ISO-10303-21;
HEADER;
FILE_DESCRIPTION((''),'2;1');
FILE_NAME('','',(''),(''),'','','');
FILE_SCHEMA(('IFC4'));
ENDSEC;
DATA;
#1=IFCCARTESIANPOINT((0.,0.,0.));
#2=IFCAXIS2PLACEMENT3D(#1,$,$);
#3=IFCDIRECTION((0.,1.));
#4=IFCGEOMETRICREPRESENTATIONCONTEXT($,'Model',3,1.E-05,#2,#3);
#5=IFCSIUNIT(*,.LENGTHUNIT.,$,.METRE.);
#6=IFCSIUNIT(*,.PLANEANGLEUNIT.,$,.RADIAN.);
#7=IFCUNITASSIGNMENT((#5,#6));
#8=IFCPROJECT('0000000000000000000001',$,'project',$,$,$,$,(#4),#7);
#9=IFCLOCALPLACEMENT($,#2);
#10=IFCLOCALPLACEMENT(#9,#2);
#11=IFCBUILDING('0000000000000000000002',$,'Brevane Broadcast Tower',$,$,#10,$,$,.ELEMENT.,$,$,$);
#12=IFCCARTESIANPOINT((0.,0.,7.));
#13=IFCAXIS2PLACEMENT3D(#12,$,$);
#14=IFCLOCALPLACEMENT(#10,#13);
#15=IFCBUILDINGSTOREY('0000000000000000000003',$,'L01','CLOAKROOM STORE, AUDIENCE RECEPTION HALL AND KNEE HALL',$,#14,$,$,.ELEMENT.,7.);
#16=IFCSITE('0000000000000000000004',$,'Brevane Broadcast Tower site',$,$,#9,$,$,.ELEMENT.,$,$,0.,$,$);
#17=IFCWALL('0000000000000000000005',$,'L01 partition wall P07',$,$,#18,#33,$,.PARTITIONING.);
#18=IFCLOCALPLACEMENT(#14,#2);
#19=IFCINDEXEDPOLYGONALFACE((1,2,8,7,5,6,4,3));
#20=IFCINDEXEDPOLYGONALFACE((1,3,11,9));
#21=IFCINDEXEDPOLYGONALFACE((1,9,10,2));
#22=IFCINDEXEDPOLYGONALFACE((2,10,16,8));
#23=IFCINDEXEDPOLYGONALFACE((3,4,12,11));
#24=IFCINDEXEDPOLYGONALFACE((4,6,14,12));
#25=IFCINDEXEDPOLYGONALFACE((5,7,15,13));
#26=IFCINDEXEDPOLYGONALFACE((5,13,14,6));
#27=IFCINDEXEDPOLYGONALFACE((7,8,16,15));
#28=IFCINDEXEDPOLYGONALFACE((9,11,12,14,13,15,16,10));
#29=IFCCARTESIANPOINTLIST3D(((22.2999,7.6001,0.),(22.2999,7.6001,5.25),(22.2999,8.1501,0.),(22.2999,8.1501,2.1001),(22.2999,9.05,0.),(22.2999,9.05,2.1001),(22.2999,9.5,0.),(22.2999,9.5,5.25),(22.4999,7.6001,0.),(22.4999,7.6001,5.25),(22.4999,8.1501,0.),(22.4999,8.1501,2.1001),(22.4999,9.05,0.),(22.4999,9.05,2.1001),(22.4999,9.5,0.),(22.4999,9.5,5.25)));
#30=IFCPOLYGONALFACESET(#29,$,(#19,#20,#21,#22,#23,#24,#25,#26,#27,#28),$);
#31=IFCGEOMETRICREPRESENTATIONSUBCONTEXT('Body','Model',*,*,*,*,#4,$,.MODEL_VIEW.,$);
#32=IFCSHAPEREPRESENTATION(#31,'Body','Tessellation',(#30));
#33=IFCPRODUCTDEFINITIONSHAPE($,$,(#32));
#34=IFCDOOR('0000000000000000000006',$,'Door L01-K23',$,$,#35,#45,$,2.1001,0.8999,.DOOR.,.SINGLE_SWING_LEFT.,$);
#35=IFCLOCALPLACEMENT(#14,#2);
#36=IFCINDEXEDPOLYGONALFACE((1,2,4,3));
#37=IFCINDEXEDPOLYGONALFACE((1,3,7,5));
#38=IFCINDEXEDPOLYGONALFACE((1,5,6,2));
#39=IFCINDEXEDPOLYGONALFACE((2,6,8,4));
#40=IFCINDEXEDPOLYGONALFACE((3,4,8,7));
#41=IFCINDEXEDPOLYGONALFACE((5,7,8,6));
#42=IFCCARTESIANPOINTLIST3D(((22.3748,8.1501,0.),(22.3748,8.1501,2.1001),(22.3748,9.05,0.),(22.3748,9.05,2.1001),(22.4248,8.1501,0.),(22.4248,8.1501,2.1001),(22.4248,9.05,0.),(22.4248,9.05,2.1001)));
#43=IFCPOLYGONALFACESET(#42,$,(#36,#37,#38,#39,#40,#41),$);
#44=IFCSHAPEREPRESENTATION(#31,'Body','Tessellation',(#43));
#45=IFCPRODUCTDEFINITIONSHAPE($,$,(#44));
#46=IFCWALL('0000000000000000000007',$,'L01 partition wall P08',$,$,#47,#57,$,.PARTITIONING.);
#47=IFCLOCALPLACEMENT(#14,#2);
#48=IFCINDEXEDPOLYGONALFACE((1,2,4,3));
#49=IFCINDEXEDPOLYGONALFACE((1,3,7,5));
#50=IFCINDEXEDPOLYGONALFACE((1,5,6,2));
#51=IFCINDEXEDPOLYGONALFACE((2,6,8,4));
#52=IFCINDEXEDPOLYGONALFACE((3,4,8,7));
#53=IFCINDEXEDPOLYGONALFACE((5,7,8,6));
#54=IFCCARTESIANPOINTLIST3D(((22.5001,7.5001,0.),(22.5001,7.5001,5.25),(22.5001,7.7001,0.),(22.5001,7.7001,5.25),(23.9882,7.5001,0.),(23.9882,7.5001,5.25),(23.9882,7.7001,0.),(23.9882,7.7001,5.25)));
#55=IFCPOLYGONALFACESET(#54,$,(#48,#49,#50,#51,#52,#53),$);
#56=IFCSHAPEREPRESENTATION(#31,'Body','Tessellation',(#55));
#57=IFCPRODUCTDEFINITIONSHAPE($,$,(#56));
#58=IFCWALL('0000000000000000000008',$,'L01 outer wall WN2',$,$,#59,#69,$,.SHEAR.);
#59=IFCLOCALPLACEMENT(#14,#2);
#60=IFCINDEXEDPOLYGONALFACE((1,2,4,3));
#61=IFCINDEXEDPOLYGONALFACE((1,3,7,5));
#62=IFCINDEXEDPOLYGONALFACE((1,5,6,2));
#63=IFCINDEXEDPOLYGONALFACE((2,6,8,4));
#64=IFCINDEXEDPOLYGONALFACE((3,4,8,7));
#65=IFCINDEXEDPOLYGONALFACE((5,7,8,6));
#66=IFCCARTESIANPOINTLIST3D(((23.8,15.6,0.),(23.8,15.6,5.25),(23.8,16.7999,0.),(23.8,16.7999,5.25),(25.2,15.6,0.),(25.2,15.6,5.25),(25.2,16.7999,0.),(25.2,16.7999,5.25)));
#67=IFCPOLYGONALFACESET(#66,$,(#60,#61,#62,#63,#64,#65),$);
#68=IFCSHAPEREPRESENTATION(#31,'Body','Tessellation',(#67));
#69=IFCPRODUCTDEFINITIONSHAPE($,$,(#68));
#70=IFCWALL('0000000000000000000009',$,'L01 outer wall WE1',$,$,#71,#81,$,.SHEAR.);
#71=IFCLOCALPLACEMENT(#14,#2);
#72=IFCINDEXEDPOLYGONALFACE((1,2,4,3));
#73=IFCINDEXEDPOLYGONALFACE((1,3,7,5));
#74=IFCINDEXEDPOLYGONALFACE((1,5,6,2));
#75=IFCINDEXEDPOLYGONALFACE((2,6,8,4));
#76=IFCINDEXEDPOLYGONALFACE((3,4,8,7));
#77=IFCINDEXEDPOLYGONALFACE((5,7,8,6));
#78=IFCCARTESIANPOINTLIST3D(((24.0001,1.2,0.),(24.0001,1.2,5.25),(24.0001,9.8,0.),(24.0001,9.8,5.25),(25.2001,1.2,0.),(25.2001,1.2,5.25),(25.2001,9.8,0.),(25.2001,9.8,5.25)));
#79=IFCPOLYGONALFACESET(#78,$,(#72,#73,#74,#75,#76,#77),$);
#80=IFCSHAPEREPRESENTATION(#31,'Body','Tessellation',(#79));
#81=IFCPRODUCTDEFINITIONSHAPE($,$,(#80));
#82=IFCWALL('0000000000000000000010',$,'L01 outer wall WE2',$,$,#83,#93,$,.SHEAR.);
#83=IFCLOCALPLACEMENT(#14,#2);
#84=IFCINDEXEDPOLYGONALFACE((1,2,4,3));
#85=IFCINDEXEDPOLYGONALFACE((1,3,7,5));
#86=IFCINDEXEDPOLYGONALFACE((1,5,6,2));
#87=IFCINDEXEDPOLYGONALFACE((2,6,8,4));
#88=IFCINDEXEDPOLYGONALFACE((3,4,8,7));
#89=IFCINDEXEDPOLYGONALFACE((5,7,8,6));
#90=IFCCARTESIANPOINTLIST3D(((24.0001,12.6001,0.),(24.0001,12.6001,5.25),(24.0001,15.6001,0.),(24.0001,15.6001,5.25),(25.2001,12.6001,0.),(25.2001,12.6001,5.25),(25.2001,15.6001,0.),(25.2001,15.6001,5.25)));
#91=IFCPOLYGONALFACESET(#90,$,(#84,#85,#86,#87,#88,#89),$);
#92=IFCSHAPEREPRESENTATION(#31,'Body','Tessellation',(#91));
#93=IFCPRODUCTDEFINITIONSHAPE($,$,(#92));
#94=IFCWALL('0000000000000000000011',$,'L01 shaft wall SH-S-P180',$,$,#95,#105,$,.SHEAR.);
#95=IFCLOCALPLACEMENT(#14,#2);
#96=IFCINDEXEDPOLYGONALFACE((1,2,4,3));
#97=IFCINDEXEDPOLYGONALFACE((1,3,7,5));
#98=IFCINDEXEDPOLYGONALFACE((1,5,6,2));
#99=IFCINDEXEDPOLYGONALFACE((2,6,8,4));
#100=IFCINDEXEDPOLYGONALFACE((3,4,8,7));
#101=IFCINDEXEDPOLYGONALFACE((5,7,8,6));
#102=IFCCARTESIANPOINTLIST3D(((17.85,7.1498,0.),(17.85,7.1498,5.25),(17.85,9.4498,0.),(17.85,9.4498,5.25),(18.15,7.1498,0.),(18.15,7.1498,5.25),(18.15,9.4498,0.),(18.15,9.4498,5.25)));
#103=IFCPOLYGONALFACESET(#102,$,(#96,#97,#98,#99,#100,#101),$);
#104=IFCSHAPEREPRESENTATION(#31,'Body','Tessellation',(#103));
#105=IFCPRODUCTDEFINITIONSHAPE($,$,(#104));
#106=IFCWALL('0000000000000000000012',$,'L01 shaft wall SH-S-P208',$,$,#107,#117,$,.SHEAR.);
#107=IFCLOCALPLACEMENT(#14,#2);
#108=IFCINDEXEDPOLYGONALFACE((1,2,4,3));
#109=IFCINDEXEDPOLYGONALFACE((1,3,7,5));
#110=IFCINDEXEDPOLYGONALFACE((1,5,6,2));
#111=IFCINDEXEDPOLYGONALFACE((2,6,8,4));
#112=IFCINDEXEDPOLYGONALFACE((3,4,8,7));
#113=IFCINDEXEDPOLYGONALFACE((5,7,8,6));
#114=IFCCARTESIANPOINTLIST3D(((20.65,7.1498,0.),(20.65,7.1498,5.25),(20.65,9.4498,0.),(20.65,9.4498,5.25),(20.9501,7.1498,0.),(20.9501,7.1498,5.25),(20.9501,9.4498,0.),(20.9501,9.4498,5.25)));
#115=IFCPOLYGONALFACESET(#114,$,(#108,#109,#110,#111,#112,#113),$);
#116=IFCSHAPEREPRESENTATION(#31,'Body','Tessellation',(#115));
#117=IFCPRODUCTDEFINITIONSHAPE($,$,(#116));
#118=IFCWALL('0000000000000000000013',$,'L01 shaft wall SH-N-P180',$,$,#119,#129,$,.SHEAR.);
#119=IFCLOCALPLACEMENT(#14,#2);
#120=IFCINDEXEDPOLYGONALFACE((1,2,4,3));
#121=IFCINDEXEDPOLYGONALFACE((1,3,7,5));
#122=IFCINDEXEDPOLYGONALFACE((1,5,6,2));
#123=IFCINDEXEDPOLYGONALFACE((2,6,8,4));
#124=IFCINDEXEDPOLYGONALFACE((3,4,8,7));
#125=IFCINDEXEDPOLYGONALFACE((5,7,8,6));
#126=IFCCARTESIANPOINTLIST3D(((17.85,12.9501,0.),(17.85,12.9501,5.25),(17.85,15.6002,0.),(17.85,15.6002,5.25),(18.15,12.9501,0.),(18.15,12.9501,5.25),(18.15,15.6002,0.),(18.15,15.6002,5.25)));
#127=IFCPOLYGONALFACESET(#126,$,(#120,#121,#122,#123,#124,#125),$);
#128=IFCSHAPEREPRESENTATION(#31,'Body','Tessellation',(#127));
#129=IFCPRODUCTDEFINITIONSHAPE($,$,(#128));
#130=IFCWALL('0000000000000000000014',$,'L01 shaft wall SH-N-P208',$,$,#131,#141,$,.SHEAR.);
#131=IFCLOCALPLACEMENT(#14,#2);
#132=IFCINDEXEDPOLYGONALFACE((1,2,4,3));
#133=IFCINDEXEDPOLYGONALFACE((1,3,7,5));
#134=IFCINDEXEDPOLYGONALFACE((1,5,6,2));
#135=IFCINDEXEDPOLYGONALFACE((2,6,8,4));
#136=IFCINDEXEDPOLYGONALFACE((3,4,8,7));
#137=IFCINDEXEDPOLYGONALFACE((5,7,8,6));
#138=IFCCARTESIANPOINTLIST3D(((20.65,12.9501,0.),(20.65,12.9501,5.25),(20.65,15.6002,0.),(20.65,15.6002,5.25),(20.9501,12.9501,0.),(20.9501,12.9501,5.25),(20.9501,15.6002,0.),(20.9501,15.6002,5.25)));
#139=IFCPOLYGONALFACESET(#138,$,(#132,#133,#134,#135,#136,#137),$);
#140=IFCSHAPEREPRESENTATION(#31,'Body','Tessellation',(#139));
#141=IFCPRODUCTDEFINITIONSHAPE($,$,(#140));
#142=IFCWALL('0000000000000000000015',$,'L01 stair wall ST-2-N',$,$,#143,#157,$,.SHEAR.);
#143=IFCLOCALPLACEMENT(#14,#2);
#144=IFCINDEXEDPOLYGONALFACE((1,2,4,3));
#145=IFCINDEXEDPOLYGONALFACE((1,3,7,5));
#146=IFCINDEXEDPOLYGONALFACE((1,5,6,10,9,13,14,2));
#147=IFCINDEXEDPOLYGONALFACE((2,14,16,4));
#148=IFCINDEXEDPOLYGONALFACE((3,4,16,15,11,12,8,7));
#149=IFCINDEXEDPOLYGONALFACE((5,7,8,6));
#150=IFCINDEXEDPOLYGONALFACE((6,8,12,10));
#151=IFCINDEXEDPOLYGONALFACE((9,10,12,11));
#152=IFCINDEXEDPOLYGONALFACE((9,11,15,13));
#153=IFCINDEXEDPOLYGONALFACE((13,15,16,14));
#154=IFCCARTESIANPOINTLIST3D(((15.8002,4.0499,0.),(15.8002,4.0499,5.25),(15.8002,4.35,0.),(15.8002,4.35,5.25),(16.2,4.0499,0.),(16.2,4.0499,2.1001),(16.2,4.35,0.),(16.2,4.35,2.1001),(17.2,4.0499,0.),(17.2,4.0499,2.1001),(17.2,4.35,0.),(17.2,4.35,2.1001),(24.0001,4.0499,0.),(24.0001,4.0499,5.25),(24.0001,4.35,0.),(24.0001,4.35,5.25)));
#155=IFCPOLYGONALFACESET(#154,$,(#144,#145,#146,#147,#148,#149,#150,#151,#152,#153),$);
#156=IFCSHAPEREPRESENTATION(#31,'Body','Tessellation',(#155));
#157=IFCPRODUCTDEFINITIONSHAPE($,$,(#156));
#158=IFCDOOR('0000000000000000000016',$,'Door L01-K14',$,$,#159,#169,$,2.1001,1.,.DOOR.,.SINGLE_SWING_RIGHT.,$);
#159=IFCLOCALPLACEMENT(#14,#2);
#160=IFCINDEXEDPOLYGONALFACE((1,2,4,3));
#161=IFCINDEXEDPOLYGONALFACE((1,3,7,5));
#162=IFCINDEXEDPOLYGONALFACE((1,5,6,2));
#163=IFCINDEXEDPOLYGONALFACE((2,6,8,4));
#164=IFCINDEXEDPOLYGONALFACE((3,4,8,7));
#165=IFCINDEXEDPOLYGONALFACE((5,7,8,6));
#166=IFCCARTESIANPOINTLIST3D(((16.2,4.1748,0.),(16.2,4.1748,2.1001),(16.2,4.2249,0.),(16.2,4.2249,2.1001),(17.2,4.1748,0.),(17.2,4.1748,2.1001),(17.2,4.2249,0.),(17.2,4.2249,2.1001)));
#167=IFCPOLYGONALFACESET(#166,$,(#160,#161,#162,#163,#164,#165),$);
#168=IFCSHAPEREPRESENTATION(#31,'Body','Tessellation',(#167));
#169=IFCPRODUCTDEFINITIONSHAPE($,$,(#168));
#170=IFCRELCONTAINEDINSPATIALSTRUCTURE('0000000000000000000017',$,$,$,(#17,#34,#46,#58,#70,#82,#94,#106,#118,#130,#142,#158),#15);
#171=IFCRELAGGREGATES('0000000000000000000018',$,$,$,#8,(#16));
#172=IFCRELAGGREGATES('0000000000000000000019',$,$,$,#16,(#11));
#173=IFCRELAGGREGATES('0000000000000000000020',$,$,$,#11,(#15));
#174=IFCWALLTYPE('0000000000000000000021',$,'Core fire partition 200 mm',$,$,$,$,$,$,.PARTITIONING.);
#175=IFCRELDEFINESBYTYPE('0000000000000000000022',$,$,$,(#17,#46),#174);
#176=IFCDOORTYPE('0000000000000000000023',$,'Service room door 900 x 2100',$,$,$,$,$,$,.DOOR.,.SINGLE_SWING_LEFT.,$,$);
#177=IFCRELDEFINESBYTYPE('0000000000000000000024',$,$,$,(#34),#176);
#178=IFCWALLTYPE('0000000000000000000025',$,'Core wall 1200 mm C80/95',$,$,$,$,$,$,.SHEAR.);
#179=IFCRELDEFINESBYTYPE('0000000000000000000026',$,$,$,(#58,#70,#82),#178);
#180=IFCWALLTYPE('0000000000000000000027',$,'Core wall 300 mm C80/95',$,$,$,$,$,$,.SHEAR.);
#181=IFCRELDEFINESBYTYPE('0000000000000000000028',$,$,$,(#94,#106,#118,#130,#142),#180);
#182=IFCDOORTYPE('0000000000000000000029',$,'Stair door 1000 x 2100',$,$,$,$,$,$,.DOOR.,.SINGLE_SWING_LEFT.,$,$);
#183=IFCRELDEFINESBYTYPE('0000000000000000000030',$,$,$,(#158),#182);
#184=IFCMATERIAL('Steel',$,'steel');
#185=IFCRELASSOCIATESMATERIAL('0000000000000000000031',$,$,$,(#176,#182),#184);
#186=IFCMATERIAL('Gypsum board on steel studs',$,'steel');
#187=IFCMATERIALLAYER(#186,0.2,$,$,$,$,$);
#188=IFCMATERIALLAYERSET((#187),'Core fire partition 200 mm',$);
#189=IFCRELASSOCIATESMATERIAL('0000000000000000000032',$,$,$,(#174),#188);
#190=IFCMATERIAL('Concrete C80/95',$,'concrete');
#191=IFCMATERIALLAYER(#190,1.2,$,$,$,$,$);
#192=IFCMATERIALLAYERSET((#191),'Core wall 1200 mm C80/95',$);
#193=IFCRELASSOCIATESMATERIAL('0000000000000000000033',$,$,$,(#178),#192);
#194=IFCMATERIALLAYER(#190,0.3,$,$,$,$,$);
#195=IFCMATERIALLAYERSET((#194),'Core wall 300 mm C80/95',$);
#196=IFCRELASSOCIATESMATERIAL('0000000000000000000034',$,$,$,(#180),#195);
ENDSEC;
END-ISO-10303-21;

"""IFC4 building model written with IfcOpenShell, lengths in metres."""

from ifc_helpers import new_model, si_unit, direction, frame, frame_2d, origin, place, context, subcontext, project, spatial, rectangle, extrude, material, layer, layer_set, type_object, element, fill, save


model = new_model("IFC4")

# Units and contexts
model_context = context("Model", 3, precision=1e-05, world=origin(), true_north=direction((0.0, 1.0)))
body_context = subcontext(model_context, "Body", "Model", "MODEL_VIEW")
ifc_project = project(units=[si_unit("LENGTHUNIT", "METRE"), si_unit("PLANEANGLEUNIT", "RADIAN")], contexts=[model_context])

# Site, building, storey
site_placement = place(None, origin())
site = spatial("IfcSite", under=ifc_project, at=site_placement, Name="Brevane Broadcast Tower site", CompositionType="ELEMENT", RefElevation=0.0)
building_placement = place(site_placement, origin())
building = spatial("IfcBuilding", under=site, at=building_placement, Name="Brevane Broadcast Tower", CompositionType="ELEMENT")
storey_placement = place(building_placement, frame((0.0, 0.0, 7.0)))
storey = spatial("IfcBuildingStorey", under=building, at=storey_placement, Name="L01", Description="CLOAKROOM STORE, AUDIENCE RECEPTION HALL AND KNEE HALL", CompositionType="ELEMENT", Elevation=7.0)

# Shared definitions
ifc_material_1 = material(Name="Gypsum board on steel studs", Category="steel")
ifc_material_2 = material(Name="Steel", Category="steel")
door_type_1 = type_object("IfcDoorType", Name="Service room door 900 x 2100", OperationType="SINGLE_SWING_LEFT", PredefinedType="DOOR", material=ifc_material_2)

# Shared definitions
ifc_layer_1 = layer(ifc_material_1, 0.2)
ifc_layer_set_1 = layer_set([ifc_layer_1], Name="Core fire partition 200 mm")
wall_type_1 = type_object("IfcWallType", Name="Core fire partition 200 mm", PredefinedType="PARTITIONING", material=ifc_layer_set_1)

# Wall, opening, door
wall_1_placement = place(storey_placement, frame((22.3999, 9.5, 0.0), z_axis=(0.0, 0.0, 1.0), x_axis=(0.0, -1.0, 0.0)))
wall_1 = element("IfcWall", 1, at=wall_1_placement, inside=storey, type_object=wall_type_1, Name="L01 partition wall P07", PredefinedType="PARTITIONING", context=body_context, shape_type="SweptSolid", body=[
    extrude(rectangle(XDim=1.8999, YDim=0.2, at=frame_2d((0.95, 0.0))), origin(), (0.0, 0.0, 1.0), 5.25),
])
opening_1_placement = place(wall_1_placement, frame((0.45, 0.0, 0.0)))
opening_1 = element("IfcOpeningElement", 2, at=opening_1_placement, cuts=wall_1, PredefinedType="OPENING", context=body_context, shape_type="SweptSolid", body=[
    extrude(rectangle(XDim=0.8999, YDim=2.1001, at=frame_2d((0.45, 1.05))), frame((0.0, 0.1099, 0.0), z_axis=(0.0, -1.0, 0.0), x_axis=(1.0, 0.0, 0.0)), (0.0, 0.0, 1.0), 0.22),
])
door_1_placement = place(opening_1_placement, origin())
door_1 = element("IfcDoor", 3, at=door_1_placement, inside=storey, type_object=door_type_1, Name="Door L01-K23", OperationType="SINGLE_SWING_LEFT", OverallHeight=2.1001, OverallWidth=0.8999, PredefinedType="DOOR", context=body_context, shape_type="SweptSolid", body=[
    extrude(rectangle(XDim=0.8999, YDim=2.1001, at=frame_2d((0.45, 1.05))), frame((0.0, 0.0249, 0.0), z_axis=(0.0, -1.0, 0.0), x_axis=(1.0, 0.0, 0.0)), (0.0, 0.0, 1.0), 0.05),
])
fill(opening_1, door_1)

# Walls
wall_2_placement = place(storey_placement, frame((22.5, 7.6001, 0.0), z_axis=(0.0, 0.0, 1.0), x_axis=(1.0, 0.0, 0.0)))
element("IfcWall", 4, at=wall_2_placement, inside=storey, type_object=wall_type_1, Name="L01 partition wall P08", PredefinedType="PARTITIONING", context=body_context, shape_type="SweptSolid", body=[
    extrude(rectangle(XDim=1.488, YDim=0.2, at=frame_2d((0.7441, 0.0))), origin(), (0.0, 0.0, 1.0), 5.25),
])
ifc_material_3 = material(Name="Concrete C80/95", Category="concrete")
ifc_layer_2 = layer(ifc_material_3, 1.2)
ifc_layer_set_2 = layer_set([ifc_layer_2], Name="Core wall 1200 mm C80/95")
wall_type_2 = type_object("IfcWallType", Name="Core wall 1200 mm C80/95", PredefinedType="SHEAR", material=ifc_layer_set_2)
wall_3_placement = place(storey_placement, frame((23.8, 16.2, 0.0), z_axis=(0.0, 0.0, 1.0), x_axis=(1.0, 0.0, 0.0)))
element("IfcWall", 5, at=wall_3_placement, inside=storey, type_object=wall_type_2, Name="L01 outer wall WN2", PredefinedType="SHEAR", context=body_context, shape_type="SweptSolid", body=[
    extrude(rectangle(XDim=1.3999, YDim=1.2, at=frame_2d((0.7, 0.0))), origin(), (0.0, 0.0, 1.0), 5.25),
])
wall_4_placement = place(storey_placement, frame((24.6001, 1.2, 0.0), z_axis=(0.0, 0.0, 1.0), x_axis=(0.0, 1.0, 0.0)))
element("IfcWall", 6, at=wall_4_placement, inside=storey, type_object=wall_type_2, Name="L01 outer wall WE1", PredefinedType="SHEAR", context=body_context, shape_type="SweptSolid", body=[
    extrude(rectangle(XDim=8.6001, YDim=1.2, at=frame_2d((4.3, 0.0))), origin(), (0.0, 0.0, 1.0), 5.25),
])
wall_5_placement = place(storey_placement, frame((24.6001, 12.6001, 0.0), z_axis=(0.0, 0.0, 1.0), x_axis=(0.0, 1.0, 0.0)))
element("IfcWall", 7, at=wall_5_placement, inside=storey, type_object=wall_type_2, Name="L01 outer wall WE2", PredefinedType="SHEAR", context=body_context, shape_type="SweptSolid", body=[
    extrude(rectangle(XDim=3.0, YDim=1.2, at=frame_2d((1.5, 0.0))), origin(), (0.0, 0.0, 1.0), 5.25),
])
ifc_layer_3 = layer(ifc_material_3, 0.3)
ifc_layer_set_3 = layer_set([ifc_layer_3], Name="Core wall 300 mm C80/95")
wall_type_3 = type_object("IfcWallType", Name="Core wall 300 mm C80/95", PredefinedType="SHEAR", material=ifc_layer_set_3)
for number, where, z_axis, x_axis, name in (
    (8, (18.0, 7.1499, 0.0), (0.0, 0.0, 1.0), (0.0, 1.0, 0.0), "L01 shaft wall SH-S-P180"),
    (9, (20.8, 7.1499, 0.0), (0.0, 0.0, 1.0), (0.0, 1.0, 0.0), "L01 shaft wall SH-S-P208"),
):
    element("IfcWall", number, at=place(storey_placement, frame(where, z_axis=z_axis, x_axis=x_axis)), inside=storey, type_object=wall_type_3, Name=name, PredefinedType="SHEAR", context=body_context, shape_type="SweptSolid", body=[
        extrude(rectangle(XDim=2.3, YDim=0.3, at=frame_2d((1.1499, 0.0))), origin(), (0.0, 0.0, 1.0), 5.25),
    ])
for number, where, z_axis, x_axis, name in (
    (10, (18.0, 12.95, 0.0), (0.0, 0.0, 1.0), (0.0, 1.0, 0.0), "L01 shaft wall SH-N-P180"),
    (11, (20.8, 12.95, 0.0), (0.0, 0.0, 1.0), (0.0, 1.0, 0.0), "L01 shaft wall SH-N-P208"),
):
    element("IfcWall", number, at=place(storey_placement, frame(where, z_axis=z_axis, x_axis=x_axis)), inside=storey, type_object=wall_type_3, Name=name, PredefinedType="SHEAR", context=body_context, shape_type="SweptSolid", body=[
        extrude(rectangle(XDim=2.6501, YDim=0.3, at=frame_2d((1.3252, 0.0))), origin(), (0.0, 0.0, 1.0), 5.25),
    ])

# Wall, opening, door
wall_6_placement = place(storey_placement, frame((15.8, 4.2, 0.0), z_axis=(0.0, 0.0, 1.0), x_axis=(1.0, 0.0, 0.0)))
wall_6 = element("IfcWall", 12, at=wall_6_placement, inside=storey, type_object=wall_type_3, Name="L01 stair wall ST-2-N", PredefinedType="SHEAR", context=body_context, shape_type="SweptSolid", body=[
    extrude(rectangle(XDim=8.2, YDim=0.3, at=frame_2d((4.1001, 0.0))), origin(), (0.0, 0.0, 1.0), 5.25),
])
opening_2_placement = place(wall_6_placement, frame((0.3999, 0.0, 0.0)))
opening_2 = element("IfcOpeningElement", 13, at=opening_2_placement, cuts=wall_6, PredefinedType="OPENING", context=body_context, shape_type="SweptSolid", body=[
    extrude(rectangle(XDim=1.0, YDim=2.1001, at=frame_2d((0.5, 1.05))), frame((0.0, 0.1599, 0.0), z_axis=(0.0, -1.0, 0.0), x_axis=(1.0, 0.0, 0.0)), (0.0, 0.0, 1.0), 0.3201),
])
door_type_2 = type_object("IfcDoorType", Name="Stair door 1000 x 2100", OperationType="SINGLE_SWING_LEFT", PredefinedType="DOOR", material=ifc_material_2)
door_2_placement = place(opening_2_placement, origin())
door_2 = element("IfcDoor", 14, at=door_2_placement, inside=storey, type_object=door_type_2, Name="Door L01-K14", OperationType="SINGLE_SWING_RIGHT", OverallHeight=2.1001, OverallWidth=1.0, PredefinedType="DOOR", context=body_context, shape_type="SweptSolid", body=[
    extrude(rectangle(XDim=1.0, YDim=2.1001, at=frame_2d((0.5, 1.05))), frame((0.0, 0.0249, 0.0), z_axis=(0.0, -1.0, 0.0), x_axis=(1.0, 0.0, 0.0)), (0.0, 0.0, 1.0), 0.05),
])
fill(opening_2, door_2)

save(model, "model.ifc")
